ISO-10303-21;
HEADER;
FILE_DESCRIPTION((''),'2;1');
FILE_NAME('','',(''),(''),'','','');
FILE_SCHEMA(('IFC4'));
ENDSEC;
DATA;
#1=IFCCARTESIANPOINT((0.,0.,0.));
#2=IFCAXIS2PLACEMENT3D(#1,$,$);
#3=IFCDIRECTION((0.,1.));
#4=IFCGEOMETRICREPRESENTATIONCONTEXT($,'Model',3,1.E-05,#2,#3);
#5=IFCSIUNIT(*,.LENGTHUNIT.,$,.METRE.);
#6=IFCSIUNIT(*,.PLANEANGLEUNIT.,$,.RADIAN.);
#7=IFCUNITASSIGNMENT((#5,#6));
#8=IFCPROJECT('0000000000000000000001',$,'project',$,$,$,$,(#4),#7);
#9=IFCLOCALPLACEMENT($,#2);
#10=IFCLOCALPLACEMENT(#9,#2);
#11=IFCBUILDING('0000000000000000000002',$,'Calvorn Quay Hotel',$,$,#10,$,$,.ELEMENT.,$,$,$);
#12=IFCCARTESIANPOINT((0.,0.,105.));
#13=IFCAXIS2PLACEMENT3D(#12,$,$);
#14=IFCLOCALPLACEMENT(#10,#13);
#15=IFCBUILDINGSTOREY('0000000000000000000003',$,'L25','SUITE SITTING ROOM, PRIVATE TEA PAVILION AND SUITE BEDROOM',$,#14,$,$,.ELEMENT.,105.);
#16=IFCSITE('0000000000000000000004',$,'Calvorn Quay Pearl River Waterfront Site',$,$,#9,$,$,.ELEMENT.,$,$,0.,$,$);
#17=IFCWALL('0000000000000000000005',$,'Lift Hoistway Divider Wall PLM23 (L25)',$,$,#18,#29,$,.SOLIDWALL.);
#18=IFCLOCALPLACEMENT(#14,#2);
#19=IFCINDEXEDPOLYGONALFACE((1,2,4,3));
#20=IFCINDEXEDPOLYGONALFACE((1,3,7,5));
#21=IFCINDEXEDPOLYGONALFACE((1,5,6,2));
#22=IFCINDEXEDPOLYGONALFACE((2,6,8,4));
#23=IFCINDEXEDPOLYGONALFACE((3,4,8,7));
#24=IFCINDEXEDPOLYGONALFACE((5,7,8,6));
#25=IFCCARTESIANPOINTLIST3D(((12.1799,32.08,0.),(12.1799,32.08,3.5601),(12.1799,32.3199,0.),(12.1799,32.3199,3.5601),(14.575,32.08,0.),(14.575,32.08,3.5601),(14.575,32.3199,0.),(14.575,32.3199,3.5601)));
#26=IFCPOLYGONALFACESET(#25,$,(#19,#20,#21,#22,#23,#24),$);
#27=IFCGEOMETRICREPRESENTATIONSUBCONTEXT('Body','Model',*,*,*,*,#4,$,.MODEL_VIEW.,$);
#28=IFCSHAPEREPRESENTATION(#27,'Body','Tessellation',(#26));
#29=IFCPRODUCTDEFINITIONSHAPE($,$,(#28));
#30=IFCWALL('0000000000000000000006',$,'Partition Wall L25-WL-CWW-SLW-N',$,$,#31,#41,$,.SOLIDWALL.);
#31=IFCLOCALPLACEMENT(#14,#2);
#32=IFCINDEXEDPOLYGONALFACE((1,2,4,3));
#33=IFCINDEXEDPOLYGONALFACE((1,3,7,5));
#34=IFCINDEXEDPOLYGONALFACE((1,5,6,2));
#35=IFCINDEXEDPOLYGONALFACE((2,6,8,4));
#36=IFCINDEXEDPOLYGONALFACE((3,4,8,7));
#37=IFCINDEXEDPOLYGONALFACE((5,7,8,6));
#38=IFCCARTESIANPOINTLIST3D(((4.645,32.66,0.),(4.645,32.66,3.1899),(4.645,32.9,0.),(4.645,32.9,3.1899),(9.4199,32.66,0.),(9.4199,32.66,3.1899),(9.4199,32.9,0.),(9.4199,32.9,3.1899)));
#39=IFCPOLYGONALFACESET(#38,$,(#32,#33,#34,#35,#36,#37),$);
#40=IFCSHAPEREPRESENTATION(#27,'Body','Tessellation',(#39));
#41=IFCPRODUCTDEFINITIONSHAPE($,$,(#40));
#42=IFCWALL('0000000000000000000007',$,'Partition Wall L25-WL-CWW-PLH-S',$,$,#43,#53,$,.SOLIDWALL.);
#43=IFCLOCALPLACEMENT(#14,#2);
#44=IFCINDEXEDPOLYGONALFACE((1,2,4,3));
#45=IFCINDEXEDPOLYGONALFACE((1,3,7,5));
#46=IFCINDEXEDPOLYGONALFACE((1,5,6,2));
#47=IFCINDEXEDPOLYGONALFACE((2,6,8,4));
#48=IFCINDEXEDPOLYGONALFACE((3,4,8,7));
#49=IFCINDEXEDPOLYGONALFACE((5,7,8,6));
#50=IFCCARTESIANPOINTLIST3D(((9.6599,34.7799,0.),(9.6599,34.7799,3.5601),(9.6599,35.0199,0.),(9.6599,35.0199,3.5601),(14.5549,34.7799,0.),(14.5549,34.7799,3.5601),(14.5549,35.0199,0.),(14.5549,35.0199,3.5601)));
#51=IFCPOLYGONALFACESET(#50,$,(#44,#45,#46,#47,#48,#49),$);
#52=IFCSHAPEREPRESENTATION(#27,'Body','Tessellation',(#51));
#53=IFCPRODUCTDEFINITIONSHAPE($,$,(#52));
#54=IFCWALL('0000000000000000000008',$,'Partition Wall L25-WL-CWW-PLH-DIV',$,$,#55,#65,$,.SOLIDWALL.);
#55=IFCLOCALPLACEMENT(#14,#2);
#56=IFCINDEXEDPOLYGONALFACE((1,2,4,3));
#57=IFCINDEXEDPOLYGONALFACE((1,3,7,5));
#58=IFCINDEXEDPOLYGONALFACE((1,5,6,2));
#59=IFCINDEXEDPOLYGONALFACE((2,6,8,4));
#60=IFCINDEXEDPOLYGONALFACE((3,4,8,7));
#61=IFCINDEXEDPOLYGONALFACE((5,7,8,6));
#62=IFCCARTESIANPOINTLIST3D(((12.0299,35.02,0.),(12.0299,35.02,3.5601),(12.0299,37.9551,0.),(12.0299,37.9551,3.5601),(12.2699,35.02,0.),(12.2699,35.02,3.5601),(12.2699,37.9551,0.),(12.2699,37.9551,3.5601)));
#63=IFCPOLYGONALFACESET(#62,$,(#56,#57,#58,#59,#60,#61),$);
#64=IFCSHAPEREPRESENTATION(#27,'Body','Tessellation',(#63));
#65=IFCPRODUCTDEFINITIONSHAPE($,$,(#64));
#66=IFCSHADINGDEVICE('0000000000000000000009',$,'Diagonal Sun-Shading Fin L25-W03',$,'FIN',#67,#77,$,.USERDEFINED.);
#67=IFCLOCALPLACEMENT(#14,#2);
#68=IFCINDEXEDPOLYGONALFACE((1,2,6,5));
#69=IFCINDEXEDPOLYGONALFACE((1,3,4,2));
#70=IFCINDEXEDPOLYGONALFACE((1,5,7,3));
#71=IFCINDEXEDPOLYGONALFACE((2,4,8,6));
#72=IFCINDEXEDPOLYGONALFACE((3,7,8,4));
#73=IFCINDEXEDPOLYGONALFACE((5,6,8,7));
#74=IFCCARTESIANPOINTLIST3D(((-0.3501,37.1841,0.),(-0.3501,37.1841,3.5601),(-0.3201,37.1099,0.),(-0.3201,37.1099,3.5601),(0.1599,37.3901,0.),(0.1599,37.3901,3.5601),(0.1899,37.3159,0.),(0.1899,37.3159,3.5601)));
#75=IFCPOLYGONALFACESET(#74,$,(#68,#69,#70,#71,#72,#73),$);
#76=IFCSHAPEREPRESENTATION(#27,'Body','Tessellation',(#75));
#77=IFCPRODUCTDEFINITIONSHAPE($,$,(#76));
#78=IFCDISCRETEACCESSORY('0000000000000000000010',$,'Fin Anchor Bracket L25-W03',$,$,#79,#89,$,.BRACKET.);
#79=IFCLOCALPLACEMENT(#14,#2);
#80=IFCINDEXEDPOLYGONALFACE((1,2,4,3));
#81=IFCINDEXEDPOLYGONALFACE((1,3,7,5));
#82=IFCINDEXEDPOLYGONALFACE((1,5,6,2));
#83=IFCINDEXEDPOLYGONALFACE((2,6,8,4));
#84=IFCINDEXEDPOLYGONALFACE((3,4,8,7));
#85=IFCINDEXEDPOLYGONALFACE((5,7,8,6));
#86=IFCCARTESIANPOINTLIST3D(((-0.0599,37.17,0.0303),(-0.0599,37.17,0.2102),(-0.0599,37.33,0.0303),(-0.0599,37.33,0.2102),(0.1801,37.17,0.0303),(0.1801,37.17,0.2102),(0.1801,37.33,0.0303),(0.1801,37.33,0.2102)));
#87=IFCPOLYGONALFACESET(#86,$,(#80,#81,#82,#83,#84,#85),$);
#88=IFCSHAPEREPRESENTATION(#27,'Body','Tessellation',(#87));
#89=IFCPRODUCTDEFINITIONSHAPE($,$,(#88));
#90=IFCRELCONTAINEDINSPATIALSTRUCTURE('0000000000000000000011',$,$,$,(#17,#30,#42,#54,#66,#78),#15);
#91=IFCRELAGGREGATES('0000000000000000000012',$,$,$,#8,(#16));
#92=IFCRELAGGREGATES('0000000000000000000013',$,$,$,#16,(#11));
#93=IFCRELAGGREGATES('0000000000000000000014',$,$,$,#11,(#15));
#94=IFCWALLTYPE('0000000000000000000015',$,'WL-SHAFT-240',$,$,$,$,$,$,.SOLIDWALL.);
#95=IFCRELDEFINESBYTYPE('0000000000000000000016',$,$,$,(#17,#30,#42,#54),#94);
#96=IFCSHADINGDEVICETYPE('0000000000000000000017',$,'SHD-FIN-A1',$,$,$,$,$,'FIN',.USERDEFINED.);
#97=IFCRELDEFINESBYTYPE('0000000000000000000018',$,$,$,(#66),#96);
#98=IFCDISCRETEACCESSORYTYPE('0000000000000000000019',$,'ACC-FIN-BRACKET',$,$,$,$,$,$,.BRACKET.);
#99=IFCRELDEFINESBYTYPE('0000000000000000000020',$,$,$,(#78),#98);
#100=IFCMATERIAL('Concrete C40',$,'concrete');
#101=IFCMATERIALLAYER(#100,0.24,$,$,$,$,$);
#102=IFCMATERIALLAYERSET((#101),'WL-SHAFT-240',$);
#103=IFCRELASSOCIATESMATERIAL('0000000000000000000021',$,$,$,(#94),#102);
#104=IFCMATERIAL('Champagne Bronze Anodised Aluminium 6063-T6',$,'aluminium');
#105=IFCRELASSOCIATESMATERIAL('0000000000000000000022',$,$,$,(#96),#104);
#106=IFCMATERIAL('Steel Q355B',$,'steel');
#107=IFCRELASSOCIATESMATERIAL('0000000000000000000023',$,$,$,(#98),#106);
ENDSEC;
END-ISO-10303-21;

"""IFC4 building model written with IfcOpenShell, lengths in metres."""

from ifc_helpers import new_model, si_unit, direction, frame, frame_2d, origin, origin_2d, place, context, subcontext, project, spatial, rectangle, extrude, material, layer, layer_set, type_object, element, save


model = new_model("IFC4")

# Units and contexts
model_context = context("Model", 3, precision=1e-05, world=origin(), true_north=direction((0.0, 1.0)))
body_context = subcontext(model_context, "Body", "Model", "MODEL_VIEW")
ifc_project = project(units=[si_unit("LENGTHUNIT", "METRE"), si_unit("PLANEANGLEUNIT", "RADIAN")], contexts=[model_context])

# Site, building, storey
site_placement = place(None, origin())
site = spatial("IfcSite", under=ifc_project, at=site_placement, Name="Calvorn Quay Pearl River Waterfront Site", CompositionType="ELEMENT", RefElevation=0.0)
building_placement = place(site_placement, origin())
building = spatial("IfcBuilding", under=site, at=building_placement, Name="Calvorn Quay Hotel", CompositionType="ELEMENT")
storey_placement = place(building_placement, frame((0.0, 0.0, 105.0)))
storey = spatial("IfcBuildingStorey", under=building, at=storey_placement, Name="L25", Description="SUITE SITTING ROOM, PRIVATE TEA PAVILION AND SUITE BEDROOM", CompositionType="ELEMENT", Elevation=105.0)

# Walls
ifc_material_1 = material(Name="Concrete C40", Category="concrete")
ifc_layer_1 = layer(ifc_material_1, 0.24)
ifc_layer_set_1 = layer_set([ifc_layer_1], Name="WL-SHAFT-240")
wall_type_1 = type_object("IfcWallType", Name="WL-SHAFT-240", PredefinedType="SOLIDWALL", material=ifc_layer_set_1)
wall_1_placement = place(storey_placement, frame((12.1799, 32.2, 0.0), z_axis=(0.0, 0.0, 1.0), x_axis=(1.0, 0.0, 0.0)))
element("IfcWall", 1, at=wall_1_placement, inside=storey, type_object=wall_type_1, Name="Lift Hoistway Divider Wall PLM23 (L25)", PredefinedType="SOLIDWALL", context=body_context, shape_type="SweptSolid", body=[
    extrude(rectangle(XDim=2.395, YDim=0.24, at=frame_2d((1.1975, 0.0))), origin(), (0.0, 0.0, 1.0), 3.5601),
])
wall_2_placement = place(storey_placement, frame((4.645, 32.78, 0.0), z_axis=(0.0, 0.0, 1.0), x_axis=(1.0, 0.0, 0.0)))
element("IfcWall", 2, at=wall_2_placement, inside=storey, type_object=wall_type_1, Name="Partition Wall L25-WL-CWW-SLW-N", PredefinedType="SOLIDWALL", context=body_context, shape_type="SweptSolid", body=[
    extrude(rectangle(XDim=4.7749, YDim=0.24, at=frame_2d((2.3875, 0.0))), origin(), (0.0, 0.0, 1.0), 3.1899),
])
wall_3_placement = place(storey_placement, frame((9.6599, 34.8999, 0.0), z_axis=(0.0, 0.0, 1.0), x_axis=(1.0, 0.0, 0.0)))
element("IfcWall", 3, at=wall_3_placement, inside=storey, type_object=wall_type_1, Name="Partition Wall L25-WL-CWW-PLH-S", PredefinedType="SOLIDWALL", context=body_context, shape_type="SweptSolid", body=[
    extrude(rectangle(XDim=4.895, YDim=0.24, at=frame_2d((2.4475, 0.0))), origin(), (0.0, 0.0, 1.0), 3.5601),
])
wall_4_placement = place(storey_placement, frame((12.1499, 35.02, 0.0), z_axis=(0.0, 0.0, 1.0), x_axis=(0.0, 1.0, 0.0)))
element("IfcWall", 4, at=wall_4_placement, inside=storey, type_object=wall_type_1, Name="Partition Wall L25-WL-CWW-PLH-DIV", PredefinedType="SOLIDWALL", context=body_context, shape_type="SweptSolid", body=[
    extrude(rectangle(XDim=2.9351, YDim=0.24, at=frame_2d((1.4675, 0.0))), origin(), (0.0, 0.0, 1.0), 3.5601),
])

# Shading device
ifc_material_2 = material(Name="Champagne Bronze Anodised Aluminium 6063-T6", Category="aluminium")
shading_device_type = type_object("IfcShadingDeviceType", Name="SHD-FIN-A1", ElementType="FIN", PredefinedType="USERDEFINED", material=ifc_material_2)
shading_device_placement = place(storey_placement, frame((-0.0801, 37.25, 0.0), z_axis=(0.0, 0.0, 1.0), x_axis=(0.927184, 0.374607, 0.0)))
element("IfcShadingDevice", 5, at=shading_device_placement, inside=storey, type_object=shading_device_type, Name="Diagonal Sun-Shading Fin L25-W03", ObjectType="FIN", PredefinedType="USERDEFINED", context=body_context, shape_type="SweptSolid", body=[
    extrude(rectangle(XDim=0.55, YDim=0.0801, at=origin_2d()), origin(), (0.0, 0.0, 1.0), 3.5601),
])

# Discrete accessory
ifc_material_3 = material(Name="Steel Q355B", Category="steel")
discrete_accessory_type = type_object("IfcDiscreteAccessoryType", Name="ACC-FIN-BRACKET", PredefinedType="BRACKET", material=ifc_material_3)
discrete_accessory_placement = place(storey_placement, frame((0.0601, 37.25, 0.0303), z_axis=(0.0, 0.0, 1.0), x_axis=(1.0, 0.0, 0.0)))
element("IfcDiscreteAccessory", 6, at=discrete_accessory_placement, inside=storey, type_object=discrete_accessory_type, Name="Fin Anchor Bracket L25-W03", PredefinedType="BRACKET", context=body_context, shape_type="SweptSolid", body=[
    extrude(rectangle(XDim=0.24, YDim=0.1599, at=origin_2d()), origin(), (0.0, 0.0, 1.0), 0.1799),
])

save(model, "model.ifc")
